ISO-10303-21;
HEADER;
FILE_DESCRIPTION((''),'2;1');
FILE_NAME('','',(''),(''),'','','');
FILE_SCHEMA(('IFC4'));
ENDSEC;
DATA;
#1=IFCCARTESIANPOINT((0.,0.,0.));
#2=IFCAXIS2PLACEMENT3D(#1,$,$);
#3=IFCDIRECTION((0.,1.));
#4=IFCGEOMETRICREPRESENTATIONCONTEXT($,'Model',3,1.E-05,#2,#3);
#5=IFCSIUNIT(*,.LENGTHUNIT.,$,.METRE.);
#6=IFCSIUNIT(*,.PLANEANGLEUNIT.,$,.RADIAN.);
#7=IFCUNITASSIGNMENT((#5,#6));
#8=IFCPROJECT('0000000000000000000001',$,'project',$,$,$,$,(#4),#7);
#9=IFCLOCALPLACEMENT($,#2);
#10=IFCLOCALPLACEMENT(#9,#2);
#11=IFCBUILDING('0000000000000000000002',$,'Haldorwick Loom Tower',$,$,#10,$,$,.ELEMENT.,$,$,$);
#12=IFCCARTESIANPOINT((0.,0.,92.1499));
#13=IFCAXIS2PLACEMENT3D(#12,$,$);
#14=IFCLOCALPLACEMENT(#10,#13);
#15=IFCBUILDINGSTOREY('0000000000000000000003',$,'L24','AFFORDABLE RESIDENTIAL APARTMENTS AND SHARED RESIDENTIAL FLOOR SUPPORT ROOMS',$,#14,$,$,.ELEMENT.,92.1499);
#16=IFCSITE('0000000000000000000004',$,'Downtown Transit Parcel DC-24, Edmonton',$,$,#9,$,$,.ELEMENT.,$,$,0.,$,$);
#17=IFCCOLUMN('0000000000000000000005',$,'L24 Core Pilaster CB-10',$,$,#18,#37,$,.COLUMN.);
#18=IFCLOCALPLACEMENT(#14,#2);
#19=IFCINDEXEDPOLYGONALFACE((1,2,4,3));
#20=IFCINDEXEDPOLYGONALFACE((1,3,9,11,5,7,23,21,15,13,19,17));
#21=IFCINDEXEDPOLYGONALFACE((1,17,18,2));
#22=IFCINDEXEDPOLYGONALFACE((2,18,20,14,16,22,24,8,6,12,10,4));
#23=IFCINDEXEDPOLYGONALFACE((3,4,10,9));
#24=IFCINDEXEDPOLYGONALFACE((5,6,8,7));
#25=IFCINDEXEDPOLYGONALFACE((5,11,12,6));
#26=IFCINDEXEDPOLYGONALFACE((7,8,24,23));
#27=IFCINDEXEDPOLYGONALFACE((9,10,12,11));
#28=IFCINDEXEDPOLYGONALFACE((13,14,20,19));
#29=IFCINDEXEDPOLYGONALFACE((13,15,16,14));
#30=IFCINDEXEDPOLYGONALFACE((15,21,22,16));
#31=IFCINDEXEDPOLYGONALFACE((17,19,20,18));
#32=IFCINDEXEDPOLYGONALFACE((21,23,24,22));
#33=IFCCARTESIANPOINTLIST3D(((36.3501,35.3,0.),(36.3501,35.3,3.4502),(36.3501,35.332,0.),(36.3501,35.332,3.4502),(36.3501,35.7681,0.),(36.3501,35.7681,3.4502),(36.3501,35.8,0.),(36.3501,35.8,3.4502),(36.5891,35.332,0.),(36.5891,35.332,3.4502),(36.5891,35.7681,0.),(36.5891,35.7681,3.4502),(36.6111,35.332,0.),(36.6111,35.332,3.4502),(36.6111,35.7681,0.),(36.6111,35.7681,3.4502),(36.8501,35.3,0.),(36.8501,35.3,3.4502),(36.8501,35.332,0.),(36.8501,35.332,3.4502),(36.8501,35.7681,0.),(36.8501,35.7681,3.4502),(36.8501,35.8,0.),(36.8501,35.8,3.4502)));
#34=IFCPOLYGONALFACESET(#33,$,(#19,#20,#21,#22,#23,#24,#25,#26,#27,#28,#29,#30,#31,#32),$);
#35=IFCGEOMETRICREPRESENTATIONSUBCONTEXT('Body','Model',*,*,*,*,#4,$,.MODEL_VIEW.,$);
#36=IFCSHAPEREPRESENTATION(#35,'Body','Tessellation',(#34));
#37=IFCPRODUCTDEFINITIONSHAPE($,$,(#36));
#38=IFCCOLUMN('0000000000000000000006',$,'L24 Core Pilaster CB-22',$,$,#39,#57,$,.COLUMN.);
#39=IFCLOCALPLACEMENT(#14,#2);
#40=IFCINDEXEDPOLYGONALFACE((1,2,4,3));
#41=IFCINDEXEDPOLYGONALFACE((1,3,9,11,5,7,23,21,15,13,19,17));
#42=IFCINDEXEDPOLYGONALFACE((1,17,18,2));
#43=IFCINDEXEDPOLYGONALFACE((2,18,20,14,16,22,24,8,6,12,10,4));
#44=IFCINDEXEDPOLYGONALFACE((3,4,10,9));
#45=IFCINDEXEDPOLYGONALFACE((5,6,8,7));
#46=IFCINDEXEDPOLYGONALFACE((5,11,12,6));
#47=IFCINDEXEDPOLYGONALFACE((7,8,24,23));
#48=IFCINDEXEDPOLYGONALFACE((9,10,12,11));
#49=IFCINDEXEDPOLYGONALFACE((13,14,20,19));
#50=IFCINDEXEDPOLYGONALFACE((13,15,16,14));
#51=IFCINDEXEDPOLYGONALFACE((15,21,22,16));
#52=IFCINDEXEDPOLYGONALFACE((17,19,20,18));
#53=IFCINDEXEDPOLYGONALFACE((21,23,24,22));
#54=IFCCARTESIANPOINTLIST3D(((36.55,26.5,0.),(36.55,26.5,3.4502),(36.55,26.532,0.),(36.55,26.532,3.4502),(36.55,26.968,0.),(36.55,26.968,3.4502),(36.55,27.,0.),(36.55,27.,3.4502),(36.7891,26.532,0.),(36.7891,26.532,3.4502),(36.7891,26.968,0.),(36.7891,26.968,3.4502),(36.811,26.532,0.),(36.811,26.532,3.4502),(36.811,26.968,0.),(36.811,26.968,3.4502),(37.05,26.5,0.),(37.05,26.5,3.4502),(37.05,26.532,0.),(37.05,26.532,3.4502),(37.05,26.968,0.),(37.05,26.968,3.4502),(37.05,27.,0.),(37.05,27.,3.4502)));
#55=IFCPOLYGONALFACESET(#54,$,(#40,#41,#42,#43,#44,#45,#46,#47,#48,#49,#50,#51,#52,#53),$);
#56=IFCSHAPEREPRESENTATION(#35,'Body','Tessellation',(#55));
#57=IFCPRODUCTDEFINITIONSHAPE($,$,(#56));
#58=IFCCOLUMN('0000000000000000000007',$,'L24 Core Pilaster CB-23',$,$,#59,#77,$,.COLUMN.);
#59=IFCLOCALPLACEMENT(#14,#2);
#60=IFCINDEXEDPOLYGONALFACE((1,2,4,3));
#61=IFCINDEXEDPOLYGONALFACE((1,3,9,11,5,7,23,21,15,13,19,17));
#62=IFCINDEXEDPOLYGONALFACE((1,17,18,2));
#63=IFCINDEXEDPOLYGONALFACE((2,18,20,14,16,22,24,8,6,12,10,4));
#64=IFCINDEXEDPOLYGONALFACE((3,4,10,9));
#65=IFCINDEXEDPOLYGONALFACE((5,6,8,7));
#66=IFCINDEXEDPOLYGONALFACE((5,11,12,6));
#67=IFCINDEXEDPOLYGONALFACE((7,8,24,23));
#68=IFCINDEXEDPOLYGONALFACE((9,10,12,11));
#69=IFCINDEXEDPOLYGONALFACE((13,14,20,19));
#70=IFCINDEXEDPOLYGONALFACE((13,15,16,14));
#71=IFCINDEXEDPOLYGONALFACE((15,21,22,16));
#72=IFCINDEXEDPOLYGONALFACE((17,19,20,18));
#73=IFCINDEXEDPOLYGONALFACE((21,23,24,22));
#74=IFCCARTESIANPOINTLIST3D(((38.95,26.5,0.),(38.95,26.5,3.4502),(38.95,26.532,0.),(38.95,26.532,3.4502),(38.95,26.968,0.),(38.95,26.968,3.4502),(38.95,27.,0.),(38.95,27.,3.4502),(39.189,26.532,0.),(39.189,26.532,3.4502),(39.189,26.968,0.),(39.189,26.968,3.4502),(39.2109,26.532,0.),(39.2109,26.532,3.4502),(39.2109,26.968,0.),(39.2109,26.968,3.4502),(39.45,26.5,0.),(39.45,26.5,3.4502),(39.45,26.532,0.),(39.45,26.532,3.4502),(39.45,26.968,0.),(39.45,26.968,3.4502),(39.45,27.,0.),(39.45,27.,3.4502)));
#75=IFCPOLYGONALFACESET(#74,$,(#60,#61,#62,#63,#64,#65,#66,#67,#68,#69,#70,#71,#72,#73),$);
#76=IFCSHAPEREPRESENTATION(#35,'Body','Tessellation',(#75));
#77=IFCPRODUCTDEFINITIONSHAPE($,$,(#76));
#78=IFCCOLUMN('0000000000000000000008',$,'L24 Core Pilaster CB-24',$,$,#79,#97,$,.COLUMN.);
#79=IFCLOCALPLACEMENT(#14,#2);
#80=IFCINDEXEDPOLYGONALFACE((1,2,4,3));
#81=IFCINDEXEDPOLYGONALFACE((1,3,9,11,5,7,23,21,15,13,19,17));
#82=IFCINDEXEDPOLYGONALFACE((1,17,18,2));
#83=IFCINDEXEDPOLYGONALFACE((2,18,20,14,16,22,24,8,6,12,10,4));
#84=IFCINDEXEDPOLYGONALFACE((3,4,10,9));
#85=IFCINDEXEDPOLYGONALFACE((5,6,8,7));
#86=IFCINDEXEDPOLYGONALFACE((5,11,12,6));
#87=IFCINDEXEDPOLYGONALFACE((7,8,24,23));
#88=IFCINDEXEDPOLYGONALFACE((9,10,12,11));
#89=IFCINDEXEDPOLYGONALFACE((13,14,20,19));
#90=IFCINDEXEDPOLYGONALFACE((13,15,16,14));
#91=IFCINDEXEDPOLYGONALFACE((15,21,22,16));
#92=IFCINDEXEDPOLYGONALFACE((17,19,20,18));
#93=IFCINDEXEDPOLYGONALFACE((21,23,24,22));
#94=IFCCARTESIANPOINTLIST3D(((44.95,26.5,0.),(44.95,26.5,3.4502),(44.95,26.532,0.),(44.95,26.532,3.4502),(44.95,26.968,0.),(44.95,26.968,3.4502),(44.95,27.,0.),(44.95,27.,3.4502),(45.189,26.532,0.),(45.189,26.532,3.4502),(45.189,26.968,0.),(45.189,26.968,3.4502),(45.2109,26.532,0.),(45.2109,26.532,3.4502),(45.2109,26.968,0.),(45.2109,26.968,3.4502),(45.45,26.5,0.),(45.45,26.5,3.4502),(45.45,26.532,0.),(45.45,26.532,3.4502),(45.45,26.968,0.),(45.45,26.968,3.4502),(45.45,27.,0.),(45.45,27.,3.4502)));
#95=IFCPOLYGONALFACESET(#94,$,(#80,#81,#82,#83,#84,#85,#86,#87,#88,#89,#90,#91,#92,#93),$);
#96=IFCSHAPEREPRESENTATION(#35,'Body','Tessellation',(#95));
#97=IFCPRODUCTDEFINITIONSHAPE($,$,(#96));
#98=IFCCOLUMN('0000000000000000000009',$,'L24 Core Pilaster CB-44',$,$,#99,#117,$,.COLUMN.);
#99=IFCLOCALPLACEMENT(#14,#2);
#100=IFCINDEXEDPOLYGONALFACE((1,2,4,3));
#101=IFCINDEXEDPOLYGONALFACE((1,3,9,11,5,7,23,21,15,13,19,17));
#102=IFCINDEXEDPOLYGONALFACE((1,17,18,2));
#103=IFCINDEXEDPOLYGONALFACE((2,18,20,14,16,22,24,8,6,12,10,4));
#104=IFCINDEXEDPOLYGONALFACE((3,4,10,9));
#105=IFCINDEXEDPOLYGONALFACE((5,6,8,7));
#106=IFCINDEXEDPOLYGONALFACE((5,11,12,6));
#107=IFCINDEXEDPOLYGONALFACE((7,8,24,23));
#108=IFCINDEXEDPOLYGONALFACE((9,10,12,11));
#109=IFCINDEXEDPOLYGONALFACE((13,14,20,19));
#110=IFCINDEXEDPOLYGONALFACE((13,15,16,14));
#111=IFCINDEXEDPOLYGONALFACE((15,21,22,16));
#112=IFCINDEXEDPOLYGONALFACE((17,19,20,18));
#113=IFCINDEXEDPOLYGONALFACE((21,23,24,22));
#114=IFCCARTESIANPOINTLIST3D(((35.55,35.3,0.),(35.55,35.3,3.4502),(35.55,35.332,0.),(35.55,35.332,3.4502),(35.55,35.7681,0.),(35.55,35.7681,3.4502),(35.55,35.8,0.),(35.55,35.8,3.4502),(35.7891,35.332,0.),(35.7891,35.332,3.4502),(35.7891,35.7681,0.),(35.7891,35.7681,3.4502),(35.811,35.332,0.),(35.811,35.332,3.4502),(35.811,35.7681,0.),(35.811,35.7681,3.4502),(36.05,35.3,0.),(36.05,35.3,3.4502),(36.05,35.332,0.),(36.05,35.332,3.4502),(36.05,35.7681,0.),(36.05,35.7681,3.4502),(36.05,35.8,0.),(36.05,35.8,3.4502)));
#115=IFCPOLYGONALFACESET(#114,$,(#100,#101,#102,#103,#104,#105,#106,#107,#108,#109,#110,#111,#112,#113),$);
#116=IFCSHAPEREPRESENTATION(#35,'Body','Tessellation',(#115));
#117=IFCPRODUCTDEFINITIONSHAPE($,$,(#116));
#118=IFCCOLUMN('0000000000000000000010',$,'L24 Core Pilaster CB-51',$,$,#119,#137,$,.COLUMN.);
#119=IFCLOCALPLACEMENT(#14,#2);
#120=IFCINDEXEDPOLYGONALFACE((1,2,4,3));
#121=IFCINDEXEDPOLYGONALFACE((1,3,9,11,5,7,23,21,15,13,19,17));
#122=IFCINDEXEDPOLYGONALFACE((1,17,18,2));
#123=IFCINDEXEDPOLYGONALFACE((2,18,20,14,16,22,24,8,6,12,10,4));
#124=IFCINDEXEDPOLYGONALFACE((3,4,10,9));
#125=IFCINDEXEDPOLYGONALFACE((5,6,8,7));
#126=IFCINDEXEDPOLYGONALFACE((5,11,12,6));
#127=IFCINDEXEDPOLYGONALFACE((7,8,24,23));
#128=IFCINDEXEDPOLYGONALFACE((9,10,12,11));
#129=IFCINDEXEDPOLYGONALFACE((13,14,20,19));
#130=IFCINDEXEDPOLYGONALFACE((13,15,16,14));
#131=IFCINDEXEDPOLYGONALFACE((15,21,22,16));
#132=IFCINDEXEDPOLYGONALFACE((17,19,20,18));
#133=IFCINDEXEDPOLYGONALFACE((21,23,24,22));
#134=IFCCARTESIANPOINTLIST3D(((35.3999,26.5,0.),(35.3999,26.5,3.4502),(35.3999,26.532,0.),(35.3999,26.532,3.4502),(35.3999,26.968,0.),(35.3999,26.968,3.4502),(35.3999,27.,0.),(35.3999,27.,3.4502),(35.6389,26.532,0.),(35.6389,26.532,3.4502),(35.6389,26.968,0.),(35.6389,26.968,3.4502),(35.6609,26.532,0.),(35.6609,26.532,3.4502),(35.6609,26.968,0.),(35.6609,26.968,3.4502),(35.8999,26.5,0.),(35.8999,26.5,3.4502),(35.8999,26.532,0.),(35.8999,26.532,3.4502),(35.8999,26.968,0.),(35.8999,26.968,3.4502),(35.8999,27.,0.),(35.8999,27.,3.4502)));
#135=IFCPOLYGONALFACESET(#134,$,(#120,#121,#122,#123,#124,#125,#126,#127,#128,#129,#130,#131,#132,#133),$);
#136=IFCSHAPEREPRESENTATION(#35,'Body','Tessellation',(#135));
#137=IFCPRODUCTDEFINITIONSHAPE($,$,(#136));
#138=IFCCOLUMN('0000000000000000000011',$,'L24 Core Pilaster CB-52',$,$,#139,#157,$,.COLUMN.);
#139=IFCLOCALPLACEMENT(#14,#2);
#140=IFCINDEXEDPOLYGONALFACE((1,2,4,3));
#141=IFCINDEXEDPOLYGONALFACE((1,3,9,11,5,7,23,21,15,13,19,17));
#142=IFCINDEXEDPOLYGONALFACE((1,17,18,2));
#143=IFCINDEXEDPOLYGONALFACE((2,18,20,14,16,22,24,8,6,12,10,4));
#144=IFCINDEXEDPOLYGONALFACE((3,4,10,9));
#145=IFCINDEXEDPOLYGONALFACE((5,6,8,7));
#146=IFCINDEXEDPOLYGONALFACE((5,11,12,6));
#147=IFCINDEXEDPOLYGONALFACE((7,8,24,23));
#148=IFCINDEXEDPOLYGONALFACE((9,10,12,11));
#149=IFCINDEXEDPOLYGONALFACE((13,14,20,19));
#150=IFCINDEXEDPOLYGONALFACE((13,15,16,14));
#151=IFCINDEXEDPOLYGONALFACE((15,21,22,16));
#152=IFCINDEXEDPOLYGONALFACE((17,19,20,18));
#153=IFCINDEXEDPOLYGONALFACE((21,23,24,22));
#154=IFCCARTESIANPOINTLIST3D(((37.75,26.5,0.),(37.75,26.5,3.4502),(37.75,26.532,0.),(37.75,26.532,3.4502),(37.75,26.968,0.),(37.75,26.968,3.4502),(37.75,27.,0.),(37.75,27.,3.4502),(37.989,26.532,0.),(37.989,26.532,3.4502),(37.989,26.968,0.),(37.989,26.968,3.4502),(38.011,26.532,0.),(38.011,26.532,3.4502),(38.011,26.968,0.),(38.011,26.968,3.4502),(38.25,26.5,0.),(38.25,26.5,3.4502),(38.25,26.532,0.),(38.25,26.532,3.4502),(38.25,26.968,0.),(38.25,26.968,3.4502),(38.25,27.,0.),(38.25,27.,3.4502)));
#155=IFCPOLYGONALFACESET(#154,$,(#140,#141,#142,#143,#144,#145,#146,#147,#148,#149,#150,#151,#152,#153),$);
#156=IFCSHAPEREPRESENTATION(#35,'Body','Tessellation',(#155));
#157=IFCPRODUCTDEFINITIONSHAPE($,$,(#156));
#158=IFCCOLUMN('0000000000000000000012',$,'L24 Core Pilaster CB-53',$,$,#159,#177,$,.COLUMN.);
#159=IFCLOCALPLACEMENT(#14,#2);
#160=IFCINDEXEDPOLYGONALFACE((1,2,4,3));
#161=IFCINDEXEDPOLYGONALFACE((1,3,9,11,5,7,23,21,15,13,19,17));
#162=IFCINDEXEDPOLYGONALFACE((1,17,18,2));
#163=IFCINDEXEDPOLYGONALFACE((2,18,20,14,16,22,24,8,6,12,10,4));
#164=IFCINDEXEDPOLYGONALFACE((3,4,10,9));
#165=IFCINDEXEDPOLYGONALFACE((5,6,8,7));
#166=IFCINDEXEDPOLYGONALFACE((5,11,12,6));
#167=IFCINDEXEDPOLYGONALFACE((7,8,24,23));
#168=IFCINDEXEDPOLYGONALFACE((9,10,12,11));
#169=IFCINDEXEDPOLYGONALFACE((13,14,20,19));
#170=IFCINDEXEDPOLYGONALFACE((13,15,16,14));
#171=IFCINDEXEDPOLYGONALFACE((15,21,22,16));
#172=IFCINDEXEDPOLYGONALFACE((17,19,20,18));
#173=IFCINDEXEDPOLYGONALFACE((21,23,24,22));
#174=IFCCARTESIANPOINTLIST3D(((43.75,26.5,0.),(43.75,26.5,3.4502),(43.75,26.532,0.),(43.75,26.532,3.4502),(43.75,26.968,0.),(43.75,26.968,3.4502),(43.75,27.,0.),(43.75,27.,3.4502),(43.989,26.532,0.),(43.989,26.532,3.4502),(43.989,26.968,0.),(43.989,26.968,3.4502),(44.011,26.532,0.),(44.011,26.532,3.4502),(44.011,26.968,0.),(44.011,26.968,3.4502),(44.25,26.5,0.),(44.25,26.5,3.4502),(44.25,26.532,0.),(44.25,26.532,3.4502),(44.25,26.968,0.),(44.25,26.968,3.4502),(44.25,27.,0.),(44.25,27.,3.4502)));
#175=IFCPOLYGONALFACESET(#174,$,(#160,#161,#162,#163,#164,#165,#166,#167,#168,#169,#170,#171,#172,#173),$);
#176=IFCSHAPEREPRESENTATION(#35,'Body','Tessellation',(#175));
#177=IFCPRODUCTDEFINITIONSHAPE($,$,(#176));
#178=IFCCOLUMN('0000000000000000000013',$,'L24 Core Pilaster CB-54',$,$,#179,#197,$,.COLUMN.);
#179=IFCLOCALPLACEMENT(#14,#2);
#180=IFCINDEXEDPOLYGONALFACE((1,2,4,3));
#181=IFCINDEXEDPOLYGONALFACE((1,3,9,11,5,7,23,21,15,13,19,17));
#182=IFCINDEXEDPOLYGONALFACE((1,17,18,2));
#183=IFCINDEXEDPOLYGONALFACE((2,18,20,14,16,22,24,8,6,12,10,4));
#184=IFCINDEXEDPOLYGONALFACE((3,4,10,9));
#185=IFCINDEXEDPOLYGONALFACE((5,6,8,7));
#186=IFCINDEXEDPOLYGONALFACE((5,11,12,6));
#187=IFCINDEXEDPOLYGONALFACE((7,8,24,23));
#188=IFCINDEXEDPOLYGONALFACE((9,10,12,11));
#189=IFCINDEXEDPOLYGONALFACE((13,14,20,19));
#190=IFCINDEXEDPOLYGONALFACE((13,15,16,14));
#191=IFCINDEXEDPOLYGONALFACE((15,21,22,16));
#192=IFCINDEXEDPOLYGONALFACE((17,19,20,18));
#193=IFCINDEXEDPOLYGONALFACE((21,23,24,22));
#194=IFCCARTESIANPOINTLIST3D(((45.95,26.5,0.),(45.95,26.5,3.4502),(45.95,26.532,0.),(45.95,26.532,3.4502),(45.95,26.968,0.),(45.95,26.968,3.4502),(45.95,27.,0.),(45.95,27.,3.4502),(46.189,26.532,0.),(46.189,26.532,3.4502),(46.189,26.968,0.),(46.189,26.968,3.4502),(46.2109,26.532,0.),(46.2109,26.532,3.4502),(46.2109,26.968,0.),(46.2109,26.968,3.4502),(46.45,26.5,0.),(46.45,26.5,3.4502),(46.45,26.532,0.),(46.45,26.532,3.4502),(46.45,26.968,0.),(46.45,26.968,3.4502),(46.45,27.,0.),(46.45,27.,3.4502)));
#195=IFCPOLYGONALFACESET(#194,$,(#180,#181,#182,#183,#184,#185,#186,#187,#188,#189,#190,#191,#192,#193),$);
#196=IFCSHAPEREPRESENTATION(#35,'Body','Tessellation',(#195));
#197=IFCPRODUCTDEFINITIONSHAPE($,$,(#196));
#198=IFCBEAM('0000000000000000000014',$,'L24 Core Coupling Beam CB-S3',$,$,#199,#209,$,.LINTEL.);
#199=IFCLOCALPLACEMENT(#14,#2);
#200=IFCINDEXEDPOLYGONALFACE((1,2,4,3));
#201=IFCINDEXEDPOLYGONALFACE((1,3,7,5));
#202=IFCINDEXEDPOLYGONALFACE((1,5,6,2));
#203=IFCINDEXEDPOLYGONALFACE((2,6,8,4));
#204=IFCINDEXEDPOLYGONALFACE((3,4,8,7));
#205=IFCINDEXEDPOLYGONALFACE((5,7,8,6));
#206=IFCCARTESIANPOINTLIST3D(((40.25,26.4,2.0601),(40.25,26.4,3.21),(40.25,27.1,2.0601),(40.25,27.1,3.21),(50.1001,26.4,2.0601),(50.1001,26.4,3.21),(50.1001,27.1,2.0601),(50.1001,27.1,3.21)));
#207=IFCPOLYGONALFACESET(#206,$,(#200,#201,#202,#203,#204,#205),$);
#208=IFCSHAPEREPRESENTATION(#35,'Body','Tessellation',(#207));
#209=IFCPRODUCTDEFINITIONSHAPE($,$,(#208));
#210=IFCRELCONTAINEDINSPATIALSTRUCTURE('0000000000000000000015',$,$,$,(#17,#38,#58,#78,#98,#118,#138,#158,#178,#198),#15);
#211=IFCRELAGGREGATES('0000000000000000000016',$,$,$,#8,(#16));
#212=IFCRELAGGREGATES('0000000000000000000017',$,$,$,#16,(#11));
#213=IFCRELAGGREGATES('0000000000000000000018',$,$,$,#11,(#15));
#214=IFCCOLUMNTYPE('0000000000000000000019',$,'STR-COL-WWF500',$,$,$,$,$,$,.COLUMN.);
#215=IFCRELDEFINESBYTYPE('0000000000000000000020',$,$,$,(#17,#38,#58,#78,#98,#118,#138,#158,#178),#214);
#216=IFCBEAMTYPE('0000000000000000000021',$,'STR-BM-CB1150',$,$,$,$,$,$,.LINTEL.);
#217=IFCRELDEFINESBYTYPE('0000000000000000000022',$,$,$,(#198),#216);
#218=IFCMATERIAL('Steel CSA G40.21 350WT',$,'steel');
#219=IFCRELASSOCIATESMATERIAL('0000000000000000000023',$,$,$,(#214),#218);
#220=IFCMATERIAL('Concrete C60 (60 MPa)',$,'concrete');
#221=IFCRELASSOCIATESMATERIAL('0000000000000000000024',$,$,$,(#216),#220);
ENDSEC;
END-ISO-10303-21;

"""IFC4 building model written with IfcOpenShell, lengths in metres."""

from ifc_helpers import new_model, si_unit, direction, frame, origin, origin_2d, place, context, subcontext, project, spatial, rectangle, i_section, extrude, material, material_profile, profile_set, type_object, element, save


model = new_model("IFC4")

# Units and contexts
model_context = context("Model", 3, precision=1e-05, world=origin(), true_north=direction((0.0, 1.0)))
body_context = subcontext(model_context, "Body", "Model", "MODEL_VIEW")
ifc_project = project(units=[si_unit("LENGTHUNIT", "METRE"), si_unit("PLANEANGLEUNIT", "RADIAN")], contexts=[model_context])

# Site, building, storey
site_placement = place(None, origin())
site = spatial("IfcSite", under=ifc_project, at=site_placement, Name="Downtown Transit Parcel DC-24, Edmonton", CompositionType="ELEMENT", RefElevation=0.0)
building_placement = place(site_placement, origin())
building = spatial("IfcBuilding", under=site, at=building_placement, Name="Haldorwick Loom Tower", CompositionType="ELEMENT")
storey_placement = place(building_placement, frame((0.0, 0.0, 92.1499)))
storey = spatial("IfcBuildingStorey", under=building, at=storey_placement, Name="L24", Description="AFFORDABLE RESIDENTIAL APARTMENTS AND SHARED RESIDENTIAL FLOOR SUPPORT ROOMS", CompositionType="ELEMENT", Elevation=92.1499)

# Columns
ifc_material_1 = material(Name="Steel CSA G40.21 350WT", Category="steel")
ifc_material_profile_1 = material_profile(ifc_material_1, i_section(OverallWidth=0.5, OverallDepth=0.5, WebThickness=0.022, FlangeThickness=0.032, at=origin_2d()), Name="WWF500X500", Category="steel")
ifc_profile_set_1 = profile_set([ifc_material_profile_1], Name="Steel CSA G40.21 350WT")
column_type = type_object("IfcColumnType", Name="STR-COL-WWF500", PredefinedType="COLUMN", material=ifc_profile_set_1)
for number, where, z_axis, x_axis, name in (
    (1, (36.6001, 35.55, 0.0), (0.0, 0.0, 1.0), (1.0, 0.0, 0.0), "L24 Core Pilaster CB-10"),
    (2, (36.8, 26.75, 0.0), (0.0, 0.0, 1.0), (1.0, 0.0, 0.0), "L24 Core Pilaster CB-22"),
    (3, (39.2, 26.75, 0.0), (0.0, 0.0, 1.0), (1.0, 0.0, 0.0), "L24 Core Pilaster CB-23"),
    (4, (45.2, 26.75, 0.0), (0.0, 0.0, 1.0), (1.0, 0.0, 0.0), "L24 Core Pilaster CB-24"),
    (5, (35.8, 35.55, 0.0), (0.0, 0.0, 1.0), (1.0, 0.0, 0.0), "L24 Core Pilaster CB-44"),
    (6, (35.6499, 26.75, 0.0), (0.0, 0.0, 1.0), (1.0, 0.0, 0.0), "L24 Core Pilaster CB-51"),
    (7, (38.0, 26.75, 0.0), (0.0, 0.0, 1.0), (1.0, 0.0, 0.0), "L24 Core Pilaster CB-52"),
    (8, (44.0, 26.75, 0.0), (0.0, 0.0, 1.0), (1.0, 0.0, 0.0), "L24 Core Pilaster CB-53"),
    (9, (46.2, 26.75, 0.0), (0.0, 0.0, 1.0), (1.0, 0.0, 0.0), "L24 Core Pilaster CB-54"),
):
    element("IfcColumn", number, at=place(storey_placement, frame(where, z_axis=z_axis, x_axis=x_axis)), inside=storey, type_object=column_type, Name=name, PredefinedType="COLUMN", context=body_context, shape_type="SweptSolid", body=[
        extrude(i_section(OverallWidth=0.5, OverallDepth=0.5, WebThickness=0.022, FlangeThickness=0.032, at=origin_2d()), origin(), (0.0, 0.0, 1.0), 3.4502),
    ])

# Beam
ifc_material_2 = material(Name="Concrete C60 (60 MPa)", Category="concrete")
ifc_material_profile_2 = material_profile(ifc_material_2, rectangle(XDim=0.7, YDim=1.1499, at=origin_2d()), Name="RC700X1150", Category="concrete")
ifc_profile_set_2 = profile_set([ifc_material_profile_2], Name="Concrete C60 (60 MPa)")
beam_type_1 = type_object("IfcBeamType", Name="STR-BM-CB1150", PredefinedType="LINTEL", material=ifc_profile_set_2)
beam_1_placement = place(storey_placement, frame((40.25, 26.75, 2.635), z_axis=(1.0, 0.0, 0.0), x_axis=(0.0, 1.0, 0.0)))
element("IfcBeam", 10, at=beam_1_placement, inside=storey, type_object=beam_type_1, Name="L24 Core Coupling Beam CB-S3", PredefinedType="LINTEL", context=body_context, shape_type="SweptSolid", body=[
    extrude(rectangle(XDim=0.7, YDim=1.1499, at=origin_2d()), origin(), (0.0, 0.0, 1.0), 9.8501),
])

save(model, "model.ifc")
